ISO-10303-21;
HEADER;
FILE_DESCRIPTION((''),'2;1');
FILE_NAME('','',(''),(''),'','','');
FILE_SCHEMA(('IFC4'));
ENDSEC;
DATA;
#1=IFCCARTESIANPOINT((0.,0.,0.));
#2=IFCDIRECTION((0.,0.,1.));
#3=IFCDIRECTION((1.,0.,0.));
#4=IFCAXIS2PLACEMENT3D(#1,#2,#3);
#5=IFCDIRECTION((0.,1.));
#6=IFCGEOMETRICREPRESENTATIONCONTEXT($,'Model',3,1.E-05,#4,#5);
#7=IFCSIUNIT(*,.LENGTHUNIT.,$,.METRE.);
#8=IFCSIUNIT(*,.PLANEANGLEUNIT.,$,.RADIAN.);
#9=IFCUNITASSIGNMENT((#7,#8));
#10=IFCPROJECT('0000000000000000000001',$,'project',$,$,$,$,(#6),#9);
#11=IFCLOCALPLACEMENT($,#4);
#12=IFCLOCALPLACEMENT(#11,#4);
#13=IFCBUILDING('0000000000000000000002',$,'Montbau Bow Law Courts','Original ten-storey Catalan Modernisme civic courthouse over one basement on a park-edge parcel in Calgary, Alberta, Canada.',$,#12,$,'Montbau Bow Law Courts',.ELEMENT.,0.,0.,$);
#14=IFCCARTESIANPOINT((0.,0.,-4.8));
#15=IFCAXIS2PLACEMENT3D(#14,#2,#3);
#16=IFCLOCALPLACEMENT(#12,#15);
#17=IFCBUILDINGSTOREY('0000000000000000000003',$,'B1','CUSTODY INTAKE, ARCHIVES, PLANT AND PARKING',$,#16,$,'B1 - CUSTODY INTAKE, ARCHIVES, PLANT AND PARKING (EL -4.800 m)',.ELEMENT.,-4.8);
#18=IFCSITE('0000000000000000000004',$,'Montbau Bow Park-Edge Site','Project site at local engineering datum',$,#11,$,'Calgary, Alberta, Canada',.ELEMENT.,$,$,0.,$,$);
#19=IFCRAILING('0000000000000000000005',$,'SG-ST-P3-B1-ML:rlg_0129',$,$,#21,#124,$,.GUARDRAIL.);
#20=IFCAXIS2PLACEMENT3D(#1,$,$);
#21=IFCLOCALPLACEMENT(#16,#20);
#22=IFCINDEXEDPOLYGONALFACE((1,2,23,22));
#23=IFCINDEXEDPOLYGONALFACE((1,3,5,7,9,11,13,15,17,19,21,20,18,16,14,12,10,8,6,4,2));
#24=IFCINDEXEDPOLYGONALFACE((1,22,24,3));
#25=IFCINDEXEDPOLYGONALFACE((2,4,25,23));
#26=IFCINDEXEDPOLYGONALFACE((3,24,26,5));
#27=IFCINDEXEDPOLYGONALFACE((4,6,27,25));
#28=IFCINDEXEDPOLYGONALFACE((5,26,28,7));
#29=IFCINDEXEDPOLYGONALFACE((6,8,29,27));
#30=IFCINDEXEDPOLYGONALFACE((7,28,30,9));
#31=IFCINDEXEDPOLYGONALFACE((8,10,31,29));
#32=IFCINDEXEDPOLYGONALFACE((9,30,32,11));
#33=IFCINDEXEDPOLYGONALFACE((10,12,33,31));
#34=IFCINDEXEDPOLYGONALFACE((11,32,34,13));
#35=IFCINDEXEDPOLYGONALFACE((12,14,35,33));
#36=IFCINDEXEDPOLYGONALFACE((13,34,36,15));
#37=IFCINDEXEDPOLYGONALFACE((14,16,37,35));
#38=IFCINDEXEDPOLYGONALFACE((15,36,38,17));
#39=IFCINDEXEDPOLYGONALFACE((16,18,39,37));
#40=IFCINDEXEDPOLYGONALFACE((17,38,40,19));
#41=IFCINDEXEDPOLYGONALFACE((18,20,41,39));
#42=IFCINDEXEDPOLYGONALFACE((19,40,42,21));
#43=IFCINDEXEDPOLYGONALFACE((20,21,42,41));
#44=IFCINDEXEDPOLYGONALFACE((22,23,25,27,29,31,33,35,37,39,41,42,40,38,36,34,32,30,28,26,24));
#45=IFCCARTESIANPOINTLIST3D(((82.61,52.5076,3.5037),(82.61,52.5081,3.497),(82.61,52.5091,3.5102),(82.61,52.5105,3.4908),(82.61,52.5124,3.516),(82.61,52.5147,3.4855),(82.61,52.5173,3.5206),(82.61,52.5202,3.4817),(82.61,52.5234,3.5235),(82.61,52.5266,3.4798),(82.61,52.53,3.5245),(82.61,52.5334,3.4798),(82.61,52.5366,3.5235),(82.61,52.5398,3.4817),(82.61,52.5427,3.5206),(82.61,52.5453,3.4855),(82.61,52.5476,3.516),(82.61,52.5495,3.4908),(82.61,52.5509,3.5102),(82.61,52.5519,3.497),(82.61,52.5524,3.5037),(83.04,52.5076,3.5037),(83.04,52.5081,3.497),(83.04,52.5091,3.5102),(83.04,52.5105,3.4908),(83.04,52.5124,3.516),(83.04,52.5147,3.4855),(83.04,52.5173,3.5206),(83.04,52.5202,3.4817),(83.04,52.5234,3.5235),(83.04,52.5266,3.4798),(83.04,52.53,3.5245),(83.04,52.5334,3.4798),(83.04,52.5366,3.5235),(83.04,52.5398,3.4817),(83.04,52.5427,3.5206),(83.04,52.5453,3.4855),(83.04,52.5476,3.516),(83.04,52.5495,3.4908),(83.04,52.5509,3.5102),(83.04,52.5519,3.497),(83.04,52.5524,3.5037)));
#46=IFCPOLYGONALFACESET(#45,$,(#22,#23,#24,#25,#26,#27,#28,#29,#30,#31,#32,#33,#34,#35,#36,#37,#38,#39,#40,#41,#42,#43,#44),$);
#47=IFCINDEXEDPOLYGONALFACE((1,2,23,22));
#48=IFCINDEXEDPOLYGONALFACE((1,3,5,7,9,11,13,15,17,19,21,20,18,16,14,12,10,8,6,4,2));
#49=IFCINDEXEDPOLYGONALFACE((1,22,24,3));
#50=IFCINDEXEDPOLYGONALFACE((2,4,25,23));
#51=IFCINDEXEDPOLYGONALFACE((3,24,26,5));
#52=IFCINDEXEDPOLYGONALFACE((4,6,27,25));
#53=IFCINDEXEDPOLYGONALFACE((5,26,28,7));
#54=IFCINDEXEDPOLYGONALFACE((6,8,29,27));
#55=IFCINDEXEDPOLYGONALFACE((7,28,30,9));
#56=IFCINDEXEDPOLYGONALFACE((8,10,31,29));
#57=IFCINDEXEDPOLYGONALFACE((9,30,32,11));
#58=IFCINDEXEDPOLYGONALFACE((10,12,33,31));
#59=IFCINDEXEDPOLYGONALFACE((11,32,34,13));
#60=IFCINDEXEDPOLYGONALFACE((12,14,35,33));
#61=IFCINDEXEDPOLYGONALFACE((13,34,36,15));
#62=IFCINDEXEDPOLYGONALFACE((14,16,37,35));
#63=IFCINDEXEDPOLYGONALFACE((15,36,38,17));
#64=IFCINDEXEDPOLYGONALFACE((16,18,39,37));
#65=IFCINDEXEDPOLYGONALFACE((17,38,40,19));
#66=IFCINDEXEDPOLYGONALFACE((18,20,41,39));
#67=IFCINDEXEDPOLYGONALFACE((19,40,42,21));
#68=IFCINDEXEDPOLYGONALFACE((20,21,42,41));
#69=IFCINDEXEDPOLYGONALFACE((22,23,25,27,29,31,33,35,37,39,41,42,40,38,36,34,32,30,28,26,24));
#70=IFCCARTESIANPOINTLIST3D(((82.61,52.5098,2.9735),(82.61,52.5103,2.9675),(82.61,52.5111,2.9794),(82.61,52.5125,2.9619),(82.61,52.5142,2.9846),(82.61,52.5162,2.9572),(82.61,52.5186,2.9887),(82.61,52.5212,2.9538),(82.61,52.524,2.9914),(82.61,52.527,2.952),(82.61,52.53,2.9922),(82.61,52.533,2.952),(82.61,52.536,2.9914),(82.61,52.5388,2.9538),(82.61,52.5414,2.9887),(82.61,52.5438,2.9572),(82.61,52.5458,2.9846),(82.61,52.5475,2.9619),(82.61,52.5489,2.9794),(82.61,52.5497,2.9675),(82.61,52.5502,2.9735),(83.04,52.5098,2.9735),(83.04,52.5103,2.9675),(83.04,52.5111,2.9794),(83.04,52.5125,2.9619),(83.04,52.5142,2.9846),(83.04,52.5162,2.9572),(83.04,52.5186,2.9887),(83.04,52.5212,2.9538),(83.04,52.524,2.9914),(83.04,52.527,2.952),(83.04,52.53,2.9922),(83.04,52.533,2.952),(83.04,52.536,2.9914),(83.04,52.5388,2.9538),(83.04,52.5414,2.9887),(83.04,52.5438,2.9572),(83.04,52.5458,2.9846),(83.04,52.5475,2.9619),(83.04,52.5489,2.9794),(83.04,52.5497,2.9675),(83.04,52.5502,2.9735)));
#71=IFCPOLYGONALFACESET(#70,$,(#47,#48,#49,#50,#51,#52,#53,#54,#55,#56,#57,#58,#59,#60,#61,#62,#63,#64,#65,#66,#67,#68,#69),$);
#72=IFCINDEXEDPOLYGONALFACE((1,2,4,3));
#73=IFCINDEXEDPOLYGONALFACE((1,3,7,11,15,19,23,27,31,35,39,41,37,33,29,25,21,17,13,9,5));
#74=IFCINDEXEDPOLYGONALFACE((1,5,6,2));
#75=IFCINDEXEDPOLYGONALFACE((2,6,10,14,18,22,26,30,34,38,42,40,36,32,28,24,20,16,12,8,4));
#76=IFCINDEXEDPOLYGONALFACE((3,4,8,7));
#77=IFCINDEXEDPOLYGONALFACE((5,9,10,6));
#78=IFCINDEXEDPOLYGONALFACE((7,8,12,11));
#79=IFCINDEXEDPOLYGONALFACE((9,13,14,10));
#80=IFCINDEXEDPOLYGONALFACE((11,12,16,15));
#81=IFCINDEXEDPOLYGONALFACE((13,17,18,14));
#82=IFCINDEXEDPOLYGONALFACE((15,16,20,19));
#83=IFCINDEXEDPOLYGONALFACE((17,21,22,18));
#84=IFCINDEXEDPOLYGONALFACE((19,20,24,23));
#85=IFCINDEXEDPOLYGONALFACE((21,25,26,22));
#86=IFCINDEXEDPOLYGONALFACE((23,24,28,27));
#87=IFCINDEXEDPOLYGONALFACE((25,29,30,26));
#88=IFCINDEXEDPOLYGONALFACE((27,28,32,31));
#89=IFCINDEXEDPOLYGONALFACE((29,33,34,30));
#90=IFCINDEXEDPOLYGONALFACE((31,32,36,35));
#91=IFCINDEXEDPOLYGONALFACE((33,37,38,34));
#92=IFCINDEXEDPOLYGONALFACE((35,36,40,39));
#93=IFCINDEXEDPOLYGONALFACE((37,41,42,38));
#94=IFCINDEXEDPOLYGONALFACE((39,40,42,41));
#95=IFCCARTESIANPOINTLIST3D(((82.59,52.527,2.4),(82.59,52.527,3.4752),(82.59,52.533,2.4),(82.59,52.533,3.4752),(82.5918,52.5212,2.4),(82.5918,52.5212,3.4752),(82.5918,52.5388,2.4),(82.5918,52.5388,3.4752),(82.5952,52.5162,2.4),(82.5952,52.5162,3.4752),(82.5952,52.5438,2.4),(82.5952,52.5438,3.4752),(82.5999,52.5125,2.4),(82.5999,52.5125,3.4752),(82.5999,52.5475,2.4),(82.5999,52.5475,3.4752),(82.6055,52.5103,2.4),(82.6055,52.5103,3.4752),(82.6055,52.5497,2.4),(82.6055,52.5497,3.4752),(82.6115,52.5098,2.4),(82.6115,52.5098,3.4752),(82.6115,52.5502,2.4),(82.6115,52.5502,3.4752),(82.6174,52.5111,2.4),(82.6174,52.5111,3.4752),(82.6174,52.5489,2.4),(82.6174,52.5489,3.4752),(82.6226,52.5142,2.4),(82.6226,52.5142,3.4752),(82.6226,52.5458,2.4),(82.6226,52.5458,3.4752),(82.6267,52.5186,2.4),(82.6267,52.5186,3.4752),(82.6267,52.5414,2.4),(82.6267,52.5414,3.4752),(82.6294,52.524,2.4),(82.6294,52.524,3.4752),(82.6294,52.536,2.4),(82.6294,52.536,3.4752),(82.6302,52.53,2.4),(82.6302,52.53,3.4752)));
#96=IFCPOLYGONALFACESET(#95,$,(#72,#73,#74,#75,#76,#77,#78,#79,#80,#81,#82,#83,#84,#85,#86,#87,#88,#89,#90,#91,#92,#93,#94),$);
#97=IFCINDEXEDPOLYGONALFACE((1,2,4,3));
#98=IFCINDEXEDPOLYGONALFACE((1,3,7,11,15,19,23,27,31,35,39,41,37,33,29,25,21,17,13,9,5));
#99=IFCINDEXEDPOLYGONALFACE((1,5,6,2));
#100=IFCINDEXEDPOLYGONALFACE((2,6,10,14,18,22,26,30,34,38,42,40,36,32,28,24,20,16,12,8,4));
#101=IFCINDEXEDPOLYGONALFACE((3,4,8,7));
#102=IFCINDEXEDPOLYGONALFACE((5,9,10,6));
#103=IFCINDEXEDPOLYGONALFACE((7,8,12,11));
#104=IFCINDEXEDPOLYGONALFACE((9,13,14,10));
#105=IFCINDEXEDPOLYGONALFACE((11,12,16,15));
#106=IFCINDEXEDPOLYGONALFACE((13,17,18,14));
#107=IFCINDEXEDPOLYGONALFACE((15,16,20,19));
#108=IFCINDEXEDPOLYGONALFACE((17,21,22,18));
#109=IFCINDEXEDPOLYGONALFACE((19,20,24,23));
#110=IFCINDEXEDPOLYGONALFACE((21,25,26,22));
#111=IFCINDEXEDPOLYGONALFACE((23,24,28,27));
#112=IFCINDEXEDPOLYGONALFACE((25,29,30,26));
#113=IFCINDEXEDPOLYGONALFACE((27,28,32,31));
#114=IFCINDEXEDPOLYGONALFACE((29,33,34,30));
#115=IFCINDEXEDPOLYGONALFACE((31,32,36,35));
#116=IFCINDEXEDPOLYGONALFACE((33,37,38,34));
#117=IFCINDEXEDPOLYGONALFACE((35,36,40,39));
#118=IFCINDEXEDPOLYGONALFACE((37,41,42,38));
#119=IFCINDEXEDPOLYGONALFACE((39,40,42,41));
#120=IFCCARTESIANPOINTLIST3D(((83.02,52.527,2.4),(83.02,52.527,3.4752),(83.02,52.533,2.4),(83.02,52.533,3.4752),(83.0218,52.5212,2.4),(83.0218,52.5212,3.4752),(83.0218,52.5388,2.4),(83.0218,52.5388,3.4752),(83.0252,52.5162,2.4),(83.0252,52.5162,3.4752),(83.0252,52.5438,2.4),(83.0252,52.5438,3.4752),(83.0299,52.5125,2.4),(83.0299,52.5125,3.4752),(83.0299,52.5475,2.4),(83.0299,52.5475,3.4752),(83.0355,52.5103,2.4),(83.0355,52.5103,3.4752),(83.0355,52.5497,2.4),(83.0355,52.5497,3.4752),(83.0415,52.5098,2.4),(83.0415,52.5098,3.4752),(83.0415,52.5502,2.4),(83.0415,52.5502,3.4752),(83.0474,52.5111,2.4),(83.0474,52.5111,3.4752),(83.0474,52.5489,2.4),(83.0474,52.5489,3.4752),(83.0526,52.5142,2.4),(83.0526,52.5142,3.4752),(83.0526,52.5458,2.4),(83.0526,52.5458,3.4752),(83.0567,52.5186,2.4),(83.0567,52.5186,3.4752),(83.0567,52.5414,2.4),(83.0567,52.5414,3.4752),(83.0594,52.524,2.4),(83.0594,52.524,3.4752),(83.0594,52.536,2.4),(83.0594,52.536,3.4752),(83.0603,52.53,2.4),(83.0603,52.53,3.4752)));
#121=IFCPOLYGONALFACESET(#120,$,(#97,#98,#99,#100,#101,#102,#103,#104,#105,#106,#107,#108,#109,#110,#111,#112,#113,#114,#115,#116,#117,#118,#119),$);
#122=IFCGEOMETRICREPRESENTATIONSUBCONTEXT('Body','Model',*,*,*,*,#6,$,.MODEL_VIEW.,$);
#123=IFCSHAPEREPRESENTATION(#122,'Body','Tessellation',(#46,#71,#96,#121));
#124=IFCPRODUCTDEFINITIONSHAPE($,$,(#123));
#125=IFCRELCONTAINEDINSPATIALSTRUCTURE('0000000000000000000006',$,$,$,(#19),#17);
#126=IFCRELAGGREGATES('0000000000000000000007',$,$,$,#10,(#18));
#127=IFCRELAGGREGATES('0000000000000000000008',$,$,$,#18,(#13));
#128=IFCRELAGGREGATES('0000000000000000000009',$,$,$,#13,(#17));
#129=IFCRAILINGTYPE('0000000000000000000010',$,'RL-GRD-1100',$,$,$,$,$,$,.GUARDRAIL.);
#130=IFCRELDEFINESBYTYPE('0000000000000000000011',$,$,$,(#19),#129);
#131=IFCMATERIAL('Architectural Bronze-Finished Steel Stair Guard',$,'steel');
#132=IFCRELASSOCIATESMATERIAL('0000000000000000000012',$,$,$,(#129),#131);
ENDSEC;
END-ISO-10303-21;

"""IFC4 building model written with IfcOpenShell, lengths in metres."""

from ifc_helpers import new_model, si_unit, direction, frame, origin_with_axes, origin_2d_with_axis, place, context, subcontext, project, spatial, circle, extrude, material, type_object, element, save


model = new_model("IFC4")

# Units and contexts
model_context = context("Model", 3, precision=1e-05, world=origin_with_axes(), true_north=direction((0.0, 1.0)))
body_context = subcontext(model_context, "Body", "Model", "MODEL_VIEW")
ifc_project = project(units=[si_unit("LENGTHUNIT", "METRE"), si_unit("PLANEANGLEUNIT", "RADIAN")], contexts=[model_context])

# Site, building, storey
site_placement = place(None, origin_with_axes())
site = spatial("IfcSite", under=ifc_project, at=site_placement, Name="Montbau Bow Park-Edge Site", Description="Project site at local engineering datum", LongName="Calgary, Alberta, Canada", CompositionType="ELEMENT", RefElevation=0.0)
building_placement = place(site_placement, origin_with_axes())
building = spatial("IfcBuilding", under=site, at=building_placement, Name="Montbau Bow Law Courts", Description="Original ten-storey Catalan Modernisme civic courthouse over one basement on a park-edge parcel in Calgary, Alberta, Canada.", LongName="Montbau Bow Law Courts", CompositionType="ELEMENT", ElevationOfRefHeight=0.0, ElevationOfTerrain=0.0)
storey_placement = place(building_placement, frame((0.0, 0.0, -4.8), z_axis=(0.0, 0.0, 1.0), x_axis=(1.0, 0.0, 0.0)))
storey = spatial("IfcBuildingStorey", under=building, at=storey_placement, Name="B1", Description="CUSTODY INTAKE, ARCHIVES, PLANT AND PARKING", LongName="B1 - CUSTODY INTAKE, ARCHIVES, PLANT AND PARKING (EL -4.800 m)", CompositionType="ELEMENT", Elevation=-4.8)

# Railing
ifc_material_1 = material(Name="Architectural Bronze-Finished Steel Stair Guard", Category="steel")
railing_type_1 = type_object("IfcRailingType", Name="RL-GRD-1100", PredefinedType="GUARDRAIL", material=ifc_material_1)
railing_1_placement = place(None, origin_with_axes())
element("IfcRailing", 1, at=railing_1_placement, inside=storey, type_object=railing_type_1, Name="SG-ST-P3-B1-ML:rlg_0129", PredefinedType="GUARDRAIL", context=body_context, shape_type="SweptSolid", body=[
    extrude(circle(Radius=0.0225, at=origin_2d_with_axis()), frame((82.61, 52.53, -1.298), z_axis=(1.0, 0.0, 0.0), x_axis=(0.0, 0.0, 1.0)), (0.0, 0.0, 1.0), 0.43),
    extrude(circle(Radius=0.0203, at=origin_2d_with_axis()), frame((82.61, 52.53, -1.828), z_axis=(1.0, 0.0, 0.0), x_axis=(0.0, 0.0, 1.0)), (0.0, 0.0, 1.0), 0.43),
    extrude(circle(Radius=0.0203, at=origin_2d_with_axis()), frame((82.61, 52.53, -2.4), z_axis=(0.0, 0.0, 1.0), x_axis=(1.0, 0.0, 0.0)), (0.0, 0.0, 1.0), 1.0753),
    extrude(circle(Radius=0.0203, at=origin_2d_with_axis()), frame((83.04, 52.53, -2.4), z_axis=(0.0, 0.0, 1.0), x_axis=(1.0, 0.0, 0.0)), (0.0, 0.0, 1.0), 1.0753),
])

save(model, "model.ifc")
